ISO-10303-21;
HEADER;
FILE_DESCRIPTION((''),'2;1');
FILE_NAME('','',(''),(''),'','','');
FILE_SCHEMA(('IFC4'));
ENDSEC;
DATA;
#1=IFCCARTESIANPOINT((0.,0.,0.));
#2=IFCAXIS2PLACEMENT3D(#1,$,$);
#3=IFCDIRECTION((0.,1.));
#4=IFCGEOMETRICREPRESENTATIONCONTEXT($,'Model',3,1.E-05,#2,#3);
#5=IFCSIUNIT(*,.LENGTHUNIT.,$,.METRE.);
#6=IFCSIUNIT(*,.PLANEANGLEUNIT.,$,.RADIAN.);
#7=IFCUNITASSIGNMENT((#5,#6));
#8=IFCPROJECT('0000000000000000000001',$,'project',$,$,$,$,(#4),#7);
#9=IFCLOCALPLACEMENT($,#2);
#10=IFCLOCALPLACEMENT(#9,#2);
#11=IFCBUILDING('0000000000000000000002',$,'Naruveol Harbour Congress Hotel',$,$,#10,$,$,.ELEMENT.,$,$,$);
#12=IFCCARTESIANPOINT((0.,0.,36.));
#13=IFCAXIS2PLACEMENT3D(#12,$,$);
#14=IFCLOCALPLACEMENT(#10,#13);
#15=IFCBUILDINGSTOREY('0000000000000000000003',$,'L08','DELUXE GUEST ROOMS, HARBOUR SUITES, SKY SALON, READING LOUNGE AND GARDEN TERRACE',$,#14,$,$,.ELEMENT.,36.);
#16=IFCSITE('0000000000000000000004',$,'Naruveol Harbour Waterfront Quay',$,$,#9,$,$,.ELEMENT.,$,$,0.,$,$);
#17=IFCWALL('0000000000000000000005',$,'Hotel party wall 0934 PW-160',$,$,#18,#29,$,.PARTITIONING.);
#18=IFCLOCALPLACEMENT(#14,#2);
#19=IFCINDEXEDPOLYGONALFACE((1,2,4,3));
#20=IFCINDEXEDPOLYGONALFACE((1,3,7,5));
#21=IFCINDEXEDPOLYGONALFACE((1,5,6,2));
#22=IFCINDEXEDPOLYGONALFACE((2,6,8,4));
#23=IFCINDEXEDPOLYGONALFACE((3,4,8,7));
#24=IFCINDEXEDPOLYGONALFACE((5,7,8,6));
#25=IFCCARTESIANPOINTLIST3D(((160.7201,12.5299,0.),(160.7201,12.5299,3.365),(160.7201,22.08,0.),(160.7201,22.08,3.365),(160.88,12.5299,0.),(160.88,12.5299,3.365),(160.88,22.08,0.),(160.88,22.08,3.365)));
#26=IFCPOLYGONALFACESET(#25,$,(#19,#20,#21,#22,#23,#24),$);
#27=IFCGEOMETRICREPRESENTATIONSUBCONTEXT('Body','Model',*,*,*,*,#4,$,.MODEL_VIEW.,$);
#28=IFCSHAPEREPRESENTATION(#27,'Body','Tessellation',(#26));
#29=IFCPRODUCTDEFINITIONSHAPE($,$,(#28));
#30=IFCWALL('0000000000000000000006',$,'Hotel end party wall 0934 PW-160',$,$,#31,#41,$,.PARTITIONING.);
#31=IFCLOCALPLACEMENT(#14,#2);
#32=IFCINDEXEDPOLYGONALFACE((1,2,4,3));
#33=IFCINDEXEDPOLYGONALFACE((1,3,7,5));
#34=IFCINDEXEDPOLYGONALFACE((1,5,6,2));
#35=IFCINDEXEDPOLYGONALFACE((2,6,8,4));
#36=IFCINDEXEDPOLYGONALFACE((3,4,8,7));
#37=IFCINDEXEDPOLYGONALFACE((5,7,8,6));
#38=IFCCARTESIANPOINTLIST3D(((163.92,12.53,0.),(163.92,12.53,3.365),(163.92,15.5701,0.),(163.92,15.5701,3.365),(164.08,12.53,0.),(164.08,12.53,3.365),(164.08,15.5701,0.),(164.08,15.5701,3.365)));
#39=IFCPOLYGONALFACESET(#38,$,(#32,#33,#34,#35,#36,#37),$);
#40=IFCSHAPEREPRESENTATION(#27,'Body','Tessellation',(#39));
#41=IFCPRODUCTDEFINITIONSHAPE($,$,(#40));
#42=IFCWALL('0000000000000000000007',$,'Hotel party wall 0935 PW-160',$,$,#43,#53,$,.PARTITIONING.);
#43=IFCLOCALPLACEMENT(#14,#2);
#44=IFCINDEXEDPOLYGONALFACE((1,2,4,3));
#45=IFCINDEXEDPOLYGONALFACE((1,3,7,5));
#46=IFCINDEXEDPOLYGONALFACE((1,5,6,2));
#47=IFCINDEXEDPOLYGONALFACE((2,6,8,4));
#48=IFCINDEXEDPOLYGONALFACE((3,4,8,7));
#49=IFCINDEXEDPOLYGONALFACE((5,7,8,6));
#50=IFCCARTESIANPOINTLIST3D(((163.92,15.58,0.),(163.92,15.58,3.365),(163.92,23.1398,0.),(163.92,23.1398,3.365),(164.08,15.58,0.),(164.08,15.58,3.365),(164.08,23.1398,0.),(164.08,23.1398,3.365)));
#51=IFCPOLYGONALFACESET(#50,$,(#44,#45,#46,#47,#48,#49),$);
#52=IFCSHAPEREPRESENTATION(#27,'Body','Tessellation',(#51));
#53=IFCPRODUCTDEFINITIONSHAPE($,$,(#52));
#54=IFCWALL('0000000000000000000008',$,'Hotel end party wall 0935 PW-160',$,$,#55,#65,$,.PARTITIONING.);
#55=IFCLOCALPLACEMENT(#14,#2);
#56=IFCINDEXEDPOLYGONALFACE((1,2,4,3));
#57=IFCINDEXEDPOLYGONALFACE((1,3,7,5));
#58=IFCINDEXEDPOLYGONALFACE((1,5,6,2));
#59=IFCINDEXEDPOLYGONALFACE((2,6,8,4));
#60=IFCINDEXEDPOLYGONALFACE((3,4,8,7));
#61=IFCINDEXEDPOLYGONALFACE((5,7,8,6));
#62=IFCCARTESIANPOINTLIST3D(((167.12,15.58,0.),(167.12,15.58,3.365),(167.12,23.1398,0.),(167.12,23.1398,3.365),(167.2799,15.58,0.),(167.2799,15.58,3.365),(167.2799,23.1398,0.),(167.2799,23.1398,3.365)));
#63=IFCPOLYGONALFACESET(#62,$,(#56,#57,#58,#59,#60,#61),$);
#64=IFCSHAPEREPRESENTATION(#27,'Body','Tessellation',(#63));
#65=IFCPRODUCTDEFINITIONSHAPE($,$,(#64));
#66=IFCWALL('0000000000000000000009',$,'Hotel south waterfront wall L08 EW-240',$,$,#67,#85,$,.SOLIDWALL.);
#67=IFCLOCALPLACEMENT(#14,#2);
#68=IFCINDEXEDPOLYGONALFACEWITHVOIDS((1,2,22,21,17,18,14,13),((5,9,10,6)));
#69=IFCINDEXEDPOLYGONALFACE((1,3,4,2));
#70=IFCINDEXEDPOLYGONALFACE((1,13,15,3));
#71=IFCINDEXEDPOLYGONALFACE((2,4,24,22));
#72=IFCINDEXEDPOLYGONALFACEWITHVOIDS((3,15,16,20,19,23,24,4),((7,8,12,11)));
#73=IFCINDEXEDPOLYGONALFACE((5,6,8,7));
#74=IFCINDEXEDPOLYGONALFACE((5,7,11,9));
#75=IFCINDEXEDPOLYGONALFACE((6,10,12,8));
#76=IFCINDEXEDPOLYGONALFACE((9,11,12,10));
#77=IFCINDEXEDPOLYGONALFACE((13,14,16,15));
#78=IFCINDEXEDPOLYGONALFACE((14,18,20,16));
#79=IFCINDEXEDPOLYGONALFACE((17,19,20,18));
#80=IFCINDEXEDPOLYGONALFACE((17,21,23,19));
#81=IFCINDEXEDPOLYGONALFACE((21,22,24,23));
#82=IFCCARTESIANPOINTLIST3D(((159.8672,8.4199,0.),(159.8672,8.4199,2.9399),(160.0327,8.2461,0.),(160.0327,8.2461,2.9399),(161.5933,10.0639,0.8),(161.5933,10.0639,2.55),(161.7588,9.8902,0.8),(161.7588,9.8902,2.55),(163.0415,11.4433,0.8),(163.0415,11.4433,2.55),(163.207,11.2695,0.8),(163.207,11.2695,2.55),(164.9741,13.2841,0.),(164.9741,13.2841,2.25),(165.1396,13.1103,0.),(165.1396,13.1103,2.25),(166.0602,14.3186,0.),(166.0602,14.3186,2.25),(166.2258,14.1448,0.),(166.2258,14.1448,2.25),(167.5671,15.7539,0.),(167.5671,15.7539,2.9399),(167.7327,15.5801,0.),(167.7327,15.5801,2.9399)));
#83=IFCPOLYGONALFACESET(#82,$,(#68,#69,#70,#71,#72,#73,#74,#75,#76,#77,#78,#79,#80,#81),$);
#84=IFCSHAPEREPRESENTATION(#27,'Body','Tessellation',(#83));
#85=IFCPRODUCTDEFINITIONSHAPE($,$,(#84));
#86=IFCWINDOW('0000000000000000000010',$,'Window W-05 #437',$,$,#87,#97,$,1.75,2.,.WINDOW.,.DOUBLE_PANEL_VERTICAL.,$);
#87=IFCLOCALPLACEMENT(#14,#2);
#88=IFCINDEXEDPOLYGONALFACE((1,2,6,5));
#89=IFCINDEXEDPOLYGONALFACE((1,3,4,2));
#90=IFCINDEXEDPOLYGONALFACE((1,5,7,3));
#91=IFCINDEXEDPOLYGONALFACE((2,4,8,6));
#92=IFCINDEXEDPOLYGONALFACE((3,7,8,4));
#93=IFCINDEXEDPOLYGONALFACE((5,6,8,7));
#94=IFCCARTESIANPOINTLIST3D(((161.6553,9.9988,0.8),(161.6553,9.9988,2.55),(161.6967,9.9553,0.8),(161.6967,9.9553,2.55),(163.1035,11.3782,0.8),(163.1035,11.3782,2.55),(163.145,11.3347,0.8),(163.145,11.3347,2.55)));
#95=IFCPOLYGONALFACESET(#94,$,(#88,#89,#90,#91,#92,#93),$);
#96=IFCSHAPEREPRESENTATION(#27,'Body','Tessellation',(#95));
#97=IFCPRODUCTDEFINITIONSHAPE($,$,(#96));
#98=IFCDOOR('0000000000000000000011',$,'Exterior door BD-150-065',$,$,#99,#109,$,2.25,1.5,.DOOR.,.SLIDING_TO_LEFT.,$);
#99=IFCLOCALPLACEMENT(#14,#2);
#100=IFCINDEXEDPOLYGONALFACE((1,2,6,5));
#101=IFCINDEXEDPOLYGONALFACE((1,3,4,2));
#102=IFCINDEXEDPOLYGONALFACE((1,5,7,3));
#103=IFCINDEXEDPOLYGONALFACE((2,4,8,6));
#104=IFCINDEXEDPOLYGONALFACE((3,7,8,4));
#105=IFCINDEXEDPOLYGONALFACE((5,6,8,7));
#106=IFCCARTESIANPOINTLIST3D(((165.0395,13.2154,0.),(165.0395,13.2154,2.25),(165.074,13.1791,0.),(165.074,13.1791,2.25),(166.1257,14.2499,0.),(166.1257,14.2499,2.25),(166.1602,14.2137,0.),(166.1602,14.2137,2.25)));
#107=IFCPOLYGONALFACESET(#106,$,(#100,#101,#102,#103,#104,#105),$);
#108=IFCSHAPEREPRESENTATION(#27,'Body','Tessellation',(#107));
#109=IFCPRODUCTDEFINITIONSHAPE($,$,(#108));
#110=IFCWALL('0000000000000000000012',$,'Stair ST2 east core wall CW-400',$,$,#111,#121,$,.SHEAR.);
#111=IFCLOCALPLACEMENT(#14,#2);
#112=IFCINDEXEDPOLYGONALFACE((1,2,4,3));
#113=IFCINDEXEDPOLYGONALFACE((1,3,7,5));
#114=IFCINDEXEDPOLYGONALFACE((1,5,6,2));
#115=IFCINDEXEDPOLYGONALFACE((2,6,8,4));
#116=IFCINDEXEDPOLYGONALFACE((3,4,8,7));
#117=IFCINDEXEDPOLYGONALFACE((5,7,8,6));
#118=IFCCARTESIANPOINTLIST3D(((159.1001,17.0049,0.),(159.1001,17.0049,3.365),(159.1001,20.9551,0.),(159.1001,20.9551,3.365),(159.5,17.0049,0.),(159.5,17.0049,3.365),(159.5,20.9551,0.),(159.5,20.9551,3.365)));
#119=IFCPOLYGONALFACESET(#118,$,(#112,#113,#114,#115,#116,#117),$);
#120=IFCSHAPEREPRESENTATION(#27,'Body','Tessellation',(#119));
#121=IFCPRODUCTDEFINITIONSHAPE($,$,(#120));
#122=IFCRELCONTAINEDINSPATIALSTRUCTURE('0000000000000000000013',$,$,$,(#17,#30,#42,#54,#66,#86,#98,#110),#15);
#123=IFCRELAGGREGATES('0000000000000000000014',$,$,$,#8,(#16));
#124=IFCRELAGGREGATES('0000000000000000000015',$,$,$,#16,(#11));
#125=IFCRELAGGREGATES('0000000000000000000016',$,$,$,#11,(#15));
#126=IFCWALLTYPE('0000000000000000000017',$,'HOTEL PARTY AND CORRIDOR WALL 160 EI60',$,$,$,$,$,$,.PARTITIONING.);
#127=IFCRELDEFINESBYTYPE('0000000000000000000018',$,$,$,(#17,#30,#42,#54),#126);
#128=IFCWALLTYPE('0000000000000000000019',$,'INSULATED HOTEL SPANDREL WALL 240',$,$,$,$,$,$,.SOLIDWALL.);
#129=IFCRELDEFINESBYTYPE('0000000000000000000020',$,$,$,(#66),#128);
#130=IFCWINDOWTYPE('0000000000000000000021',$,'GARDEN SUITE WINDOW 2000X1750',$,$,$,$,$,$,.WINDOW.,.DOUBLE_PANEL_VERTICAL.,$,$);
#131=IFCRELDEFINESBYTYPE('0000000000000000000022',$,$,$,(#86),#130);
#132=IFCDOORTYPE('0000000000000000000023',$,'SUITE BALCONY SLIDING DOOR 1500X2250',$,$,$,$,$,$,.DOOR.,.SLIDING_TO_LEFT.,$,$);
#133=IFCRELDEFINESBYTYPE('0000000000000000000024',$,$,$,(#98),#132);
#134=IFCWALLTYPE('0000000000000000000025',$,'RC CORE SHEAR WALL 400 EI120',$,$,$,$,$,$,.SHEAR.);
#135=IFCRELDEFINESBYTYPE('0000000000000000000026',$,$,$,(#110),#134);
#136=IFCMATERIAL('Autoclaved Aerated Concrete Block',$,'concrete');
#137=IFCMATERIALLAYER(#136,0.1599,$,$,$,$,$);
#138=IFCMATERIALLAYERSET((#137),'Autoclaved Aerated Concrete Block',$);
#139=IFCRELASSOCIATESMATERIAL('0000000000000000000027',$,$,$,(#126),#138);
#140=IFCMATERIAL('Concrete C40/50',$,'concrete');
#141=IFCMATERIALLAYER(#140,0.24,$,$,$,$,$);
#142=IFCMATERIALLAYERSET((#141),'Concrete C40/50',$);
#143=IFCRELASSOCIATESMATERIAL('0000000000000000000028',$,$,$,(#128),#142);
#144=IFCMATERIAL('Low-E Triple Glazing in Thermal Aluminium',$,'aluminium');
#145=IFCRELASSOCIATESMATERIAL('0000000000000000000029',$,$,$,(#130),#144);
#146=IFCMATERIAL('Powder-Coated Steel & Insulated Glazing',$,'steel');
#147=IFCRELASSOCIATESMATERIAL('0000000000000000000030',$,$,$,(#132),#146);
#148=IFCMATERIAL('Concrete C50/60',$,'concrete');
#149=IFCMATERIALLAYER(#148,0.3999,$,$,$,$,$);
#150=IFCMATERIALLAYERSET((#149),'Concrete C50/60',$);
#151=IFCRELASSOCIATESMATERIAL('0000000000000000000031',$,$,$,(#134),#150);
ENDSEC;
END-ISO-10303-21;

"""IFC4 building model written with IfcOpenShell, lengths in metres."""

from ifc_helpers import new_model, si_unit, direction, frame, frame_2d, origin, place, context, subcontext, project, spatial, rectangle, extrude, material, layer, layer_set, type_object, element, fill, save


model = new_model("IFC4")

# Units and contexts
model_context = context("Model", 3, precision=1e-05, world=origin(), true_north=direction((0.0, 1.0)))
body_context = subcontext(model_context, "Body", "Model", "MODEL_VIEW")
ifc_project = project(units=[si_unit("LENGTHUNIT", "METRE"), si_unit("PLANEANGLEUNIT", "RADIAN")], contexts=[model_context])

# Site, building, storey
site_placement = place(None, origin())
site = spatial("IfcSite", under=ifc_project, at=site_placement, Name="Naruveol Harbour Waterfront Quay", CompositionType="ELEMENT", RefElevation=0.0)
building_placement = place(site_placement, origin())
building = spatial("IfcBuilding", under=site, at=building_placement, Name="Naruveol Harbour Congress Hotel", CompositionType="ELEMENT")
storey_placement = place(building_placement, frame((0.0, 0.0, 36.0)))
storey = spatial("IfcBuildingStorey", under=building, at=storey_placement, Name="L08", Description="DELUXE GUEST ROOMS, HARBOUR SUITES, SKY SALON, READING LOUNGE AND GARDEN TERRACE", CompositionType="ELEMENT", Elevation=36.0)

# Walls
ifc_material_1 = material(Name="Autoclaved Aerated Concrete Block", Category="concrete")
ifc_layer_1 = layer(ifc_material_1, 0.1599)
ifc_layer_set_1 = layer_set([ifc_layer_1], Name="Autoclaved Aerated Concrete Block")
wall_type_1 = type_object("IfcWallType", Name="HOTEL PARTY AND CORRIDOR WALL 160 EI60", PredefinedType="PARTITIONING", material=ifc_layer_set_1)
wall_1_placement = place(storey_placement, frame((160.8, 12.53, 0.0), z_axis=(0.0, 0.0, 1.0), x_axis=(0.0, 1.0, 0.0)))
element("IfcWall", 1, at=wall_1_placement, inside=storey, type_object=wall_type_1, Name="Hotel party wall 0934 PW-160", PredefinedType="PARTITIONING", context=body_context, shape_type="SweptSolid", body=[
    extrude(rectangle(XDim=9.55, YDim=0.1599, at=frame_2d((4.7749, 0.0))), origin(), (0.0, 0.0, 1.0), 3.365),
])
wall_2_placement = place(storey_placement, frame((164.0, 12.53, 0.0), z_axis=(0.0, 0.0, 1.0), x_axis=(0.0, 1.0, 0.0)))
element("IfcWall", 2, at=wall_2_placement, inside=storey, type_object=wall_type_1, Name="Hotel end party wall 0934 PW-160", PredefinedType="PARTITIONING", context=body_context, shape_type="SweptSolid", body=[
    extrude(rectangle(XDim=3.04, YDim=0.1599, at=frame_2d((1.52, 0.0))), origin(), (0.0, 0.0, 1.0), 3.365),
])
for number, where, z_axis, x_axis, name in (
    (3, (164.0, 15.5801, 0.0), (0.0, 0.0, 1.0), (0.0, 1.0, 0.0), "Hotel party wall 0935 PW-160"),
    (4, (167.2, 15.5801, 0.0), (0.0, 0.0, 1.0), (0.0, 1.0, 0.0), "Hotel end party wall 0935 PW-160"),
):
    element("IfcWall", number, at=place(storey_placement, frame(where, z_axis=z_axis, x_axis=x_axis)), inside=storey, type_object=wall_type_1, Name=name, PredefinedType="PARTITIONING", context=body_context, shape_type="SweptSolid", body=[
        extrude(rectangle(XDim=7.5598, YDim=0.1599, at=frame_2d((3.7798, 0.0))), origin(), (0.0, 0.0, 1.0), 3.365),
    ])

# Wall, openings, window, door
ifc_material_2 = material(Name="Concrete C40/50", Category="concrete")
ifc_layer_2 = layer(ifc_material_2, 0.24)
ifc_layer_set_2 = layer_set([ifc_layer_2], Name="Concrete C40/50")
wall_type_2 = type_object("IfcWallType", Name="INSULATED HOTEL SPANDREL WALL 240", PredefinedType="SOLIDWALL", material=ifc_layer_set_2)
wall_3_placement = place(storey_placement, frame((167.6499, 15.667, 0.0), z_axis=(0.0, 0.0, 1.0), x_axis=(-0.724105, -0.68969, 0.0)))
wall_3 = element("IfcWall", 5, at=wall_3_placement, inside=storey, type_object=wall_type_2, Name="Hotel south waterfront wall L08 EW-240", PredefinedType="SOLIDWALL", context=body_context, shape_type="SweptSolid", body=[
    extrude(rectangle(XDim=10.6338, YDim=0.24, at=frame_2d((5.3169, 0.0))), origin(), (0.0, 0.0, 1.0), 2.9399),
])
opening_1_placement = place(wall_3_placement, frame((2.0811, 0.0, 0.0)))
opening_1 = element("IfcOpeningElement", 6, at=opening_1_placement, cuts=wall_3, PredefinedType="OPENING", context=body_context, shape_type="SweptSolid", body=[
    extrude(rectangle(XDim=1.5, YDim=2.25, at=frame_2d((0.75, 1.125))), frame((0.0, 0.1299, 0.0), z_axis=(0.0, -1.0, 0.0), x_axis=(1.0, 0.0, 0.0)), (0.0, 0.0, 1.0), 0.26),
])
opening_2_placement = place(wall_3_placement, frame((6.25, 0.0, 0.8)))
opening_2 = element("IfcOpeningElement", 7, at=opening_2_placement, cuts=wall_3, PredefinedType="OPENING", context=body_context, shape_type="SweptSolid", body=[
    extrude(rectangle(XDim=2.0, YDim=1.75, at=frame_2d((1.0, 0.875))), frame((0.0, 0.1299, 0.0), z_axis=(0.0, -1.0, 0.0), x_axis=(1.0, 0.0, 0.0)), (0.0, 0.0, 1.0), 0.26),
])
ifc_material_3 = material(Name="Low-E Triple Glazing in Thermal Aluminium", Category="aluminium")
window_type = type_object("IfcWindowType", Name="GARDEN SUITE WINDOW 2000X1750", PartitioningType="DOUBLE_PANEL_VERTICAL", PredefinedType="WINDOW", material=ifc_material_3)
window_placement = place(opening_2_placement, origin())
window = element("IfcWindow", 8, at=window_placement, inside=storey, type_object=window_type, Name="Window W-05 #437", OverallHeight=1.75, OverallWidth=2.0, PartitioningType="DOUBLE_PANEL_VERTICAL", PredefinedType="WINDOW", context=body_context, shape_type="SweptSolid", body=[
    extrude(rectangle(XDim=2.0, YDim=1.75, at=frame_2d((1.0, 0.875))), frame((0.0, 0.03, 0.0), z_axis=(0.0, -1.0, 0.0), x_axis=(1.0, 0.0, 0.0)), (0.0, 0.0, 1.0), 0.0601),
])
fill(opening_2, window)
ifc_material_4 = material(Name="Powder-Coated Steel & Insulated Glazing", Category="steel")
door_type_1 = type_object("IfcDoorType", Name="SUITE BALCONY SLIDING DOOR 1500X2250", OperationType="SLIDING_TO_LEFT", PredefinedType="DOOR", material=ifc_material_4)
door_1_placement = place(opening_1_placement, origin())
door_1 = element("IfcDoor", 9, at=door_1_placement, inside=storey, type_object=door_type_1, Name="Exterior door BD-150-065", OperationType="SLIDING_TO_LEFT", OverallHeight=2.25, OverallWidth=1.5, PredefinedType="DOOR", context=body_context, shape_type="SweptSolid", body=[
    extrude(rectangle(XDim=1.5, YDim=2.25, at=frame_2d((0.75, 1.125))), frame((0.0, 0.0249, 0.0), z_axis=(0.0, -1.0, 0.0), x_axis=(1.0, 0.0, 0.0)), (0.0, 0.0, 1.0), 0.05),
])
fill(opening_1, door_1)

# Wall
ifc_material_5 = material(Name="Concrete C50/60", Category="concrete")
ifc_layer_3 = layer(ifc_material_5, 0.3999)
ifc_layer_set_3 = layer_set([ifc_layer_3], Name="Concrete C50/60")
wall_type_3 = type_object("IfcWallType", Name="RC CORE SHEAR WALL 400 EI120", PredefinedType="SHEAR", material=ifc_layer_set_3)
wall_4_placement = place(storey_placement, frame((159.3, 17.0049, 0.0), z_axis=(0.0, 0.0, 1.0), x_axis=(0.0, 1.0, 0.0)))
element("IfcWall", 10, at=wall_4_placement, inside=storey, type_object=wall_type_3, Name="Stair ST2 east core wall CW-400", PredefinedType="SHEAR", context=body_context, shape_type="SweptSolid", body=[
    extrude(rectangle(XDim=3.9502, YDim=0.3999, at=frame_2d((1.9751, 0.0))), origin(), (0.0, 0.0, 1.0), 3.365),
])

save(model, "model.ifc")
